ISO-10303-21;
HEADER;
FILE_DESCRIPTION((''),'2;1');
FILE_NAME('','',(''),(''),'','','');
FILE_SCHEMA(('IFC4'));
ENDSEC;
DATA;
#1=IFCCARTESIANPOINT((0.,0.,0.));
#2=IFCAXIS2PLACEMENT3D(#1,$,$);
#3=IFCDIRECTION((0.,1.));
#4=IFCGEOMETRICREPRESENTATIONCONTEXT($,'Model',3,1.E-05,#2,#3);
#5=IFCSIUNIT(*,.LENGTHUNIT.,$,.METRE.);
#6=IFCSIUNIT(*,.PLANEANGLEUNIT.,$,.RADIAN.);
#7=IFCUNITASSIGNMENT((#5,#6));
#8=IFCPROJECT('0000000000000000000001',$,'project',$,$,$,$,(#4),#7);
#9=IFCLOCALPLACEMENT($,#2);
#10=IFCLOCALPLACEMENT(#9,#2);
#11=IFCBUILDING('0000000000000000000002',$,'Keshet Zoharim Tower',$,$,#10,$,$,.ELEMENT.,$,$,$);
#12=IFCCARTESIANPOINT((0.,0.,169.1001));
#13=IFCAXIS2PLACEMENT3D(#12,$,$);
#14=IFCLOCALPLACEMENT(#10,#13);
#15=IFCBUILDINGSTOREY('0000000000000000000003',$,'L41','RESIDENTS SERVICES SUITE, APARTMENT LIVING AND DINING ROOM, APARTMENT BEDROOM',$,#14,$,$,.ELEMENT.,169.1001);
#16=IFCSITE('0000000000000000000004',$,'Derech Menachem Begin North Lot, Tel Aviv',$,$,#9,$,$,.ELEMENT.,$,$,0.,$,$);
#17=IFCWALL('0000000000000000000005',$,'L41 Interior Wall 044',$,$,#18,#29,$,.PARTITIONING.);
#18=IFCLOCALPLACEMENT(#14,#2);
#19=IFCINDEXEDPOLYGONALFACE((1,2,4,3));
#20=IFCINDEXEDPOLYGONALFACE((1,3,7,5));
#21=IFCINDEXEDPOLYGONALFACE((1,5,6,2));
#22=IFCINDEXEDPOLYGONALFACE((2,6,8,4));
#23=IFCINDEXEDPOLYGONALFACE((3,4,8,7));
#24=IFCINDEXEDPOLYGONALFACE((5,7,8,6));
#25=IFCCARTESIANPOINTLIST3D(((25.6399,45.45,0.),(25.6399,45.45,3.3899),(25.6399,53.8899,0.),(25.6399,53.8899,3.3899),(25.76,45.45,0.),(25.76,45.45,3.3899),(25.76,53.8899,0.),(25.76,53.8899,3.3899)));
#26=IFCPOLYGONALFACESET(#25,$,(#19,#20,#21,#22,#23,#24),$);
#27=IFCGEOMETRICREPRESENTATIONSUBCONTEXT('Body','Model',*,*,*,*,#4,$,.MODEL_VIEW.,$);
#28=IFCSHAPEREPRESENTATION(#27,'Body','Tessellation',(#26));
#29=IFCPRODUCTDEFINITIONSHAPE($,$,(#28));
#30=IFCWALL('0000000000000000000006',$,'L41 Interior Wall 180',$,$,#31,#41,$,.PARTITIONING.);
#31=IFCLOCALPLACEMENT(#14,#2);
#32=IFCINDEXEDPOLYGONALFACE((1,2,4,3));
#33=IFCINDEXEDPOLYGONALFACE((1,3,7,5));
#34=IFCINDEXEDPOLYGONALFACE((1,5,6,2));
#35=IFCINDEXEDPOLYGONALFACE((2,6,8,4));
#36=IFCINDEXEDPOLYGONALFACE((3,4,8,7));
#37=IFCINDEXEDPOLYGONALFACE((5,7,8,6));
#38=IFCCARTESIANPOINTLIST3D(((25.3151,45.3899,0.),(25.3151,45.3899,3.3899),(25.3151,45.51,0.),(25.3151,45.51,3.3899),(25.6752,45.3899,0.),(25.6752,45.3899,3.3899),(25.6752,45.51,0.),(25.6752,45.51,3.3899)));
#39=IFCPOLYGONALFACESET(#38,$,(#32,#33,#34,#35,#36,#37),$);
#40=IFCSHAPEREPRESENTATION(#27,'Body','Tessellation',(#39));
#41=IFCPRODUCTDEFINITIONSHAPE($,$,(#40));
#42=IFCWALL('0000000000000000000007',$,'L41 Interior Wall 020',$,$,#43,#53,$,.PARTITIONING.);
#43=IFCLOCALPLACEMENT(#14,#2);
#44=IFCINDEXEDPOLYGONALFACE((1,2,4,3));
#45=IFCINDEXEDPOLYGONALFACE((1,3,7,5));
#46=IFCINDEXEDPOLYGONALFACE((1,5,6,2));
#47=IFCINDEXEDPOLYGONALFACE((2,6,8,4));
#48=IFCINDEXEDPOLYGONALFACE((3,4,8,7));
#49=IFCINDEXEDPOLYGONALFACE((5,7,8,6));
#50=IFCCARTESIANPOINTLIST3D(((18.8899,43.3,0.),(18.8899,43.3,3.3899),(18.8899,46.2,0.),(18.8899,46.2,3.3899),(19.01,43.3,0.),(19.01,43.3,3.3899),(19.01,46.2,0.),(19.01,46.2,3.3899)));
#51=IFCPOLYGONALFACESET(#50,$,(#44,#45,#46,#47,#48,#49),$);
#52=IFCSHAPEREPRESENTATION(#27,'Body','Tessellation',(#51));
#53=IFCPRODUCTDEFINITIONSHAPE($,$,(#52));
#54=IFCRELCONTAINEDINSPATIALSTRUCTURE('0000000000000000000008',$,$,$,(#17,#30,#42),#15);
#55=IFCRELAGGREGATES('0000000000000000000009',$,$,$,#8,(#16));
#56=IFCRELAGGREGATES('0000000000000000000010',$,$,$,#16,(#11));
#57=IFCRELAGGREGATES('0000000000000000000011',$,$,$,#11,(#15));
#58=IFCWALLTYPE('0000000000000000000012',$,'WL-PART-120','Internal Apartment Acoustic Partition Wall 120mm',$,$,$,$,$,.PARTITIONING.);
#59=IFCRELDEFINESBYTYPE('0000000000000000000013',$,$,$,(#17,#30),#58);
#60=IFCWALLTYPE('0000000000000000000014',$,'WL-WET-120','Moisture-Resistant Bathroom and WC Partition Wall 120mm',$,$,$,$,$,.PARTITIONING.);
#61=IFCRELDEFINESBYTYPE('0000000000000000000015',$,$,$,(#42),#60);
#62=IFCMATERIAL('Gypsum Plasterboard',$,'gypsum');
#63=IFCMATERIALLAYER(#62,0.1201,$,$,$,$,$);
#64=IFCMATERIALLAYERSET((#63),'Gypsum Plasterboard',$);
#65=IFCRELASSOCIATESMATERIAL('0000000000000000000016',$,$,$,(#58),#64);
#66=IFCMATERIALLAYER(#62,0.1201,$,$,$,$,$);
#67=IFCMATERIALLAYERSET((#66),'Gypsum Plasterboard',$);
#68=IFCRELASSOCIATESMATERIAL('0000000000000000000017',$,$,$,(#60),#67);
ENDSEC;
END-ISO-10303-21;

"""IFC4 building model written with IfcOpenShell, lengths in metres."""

from ifc_helpers import new_model, si_unit, direction, frame, frame_2d, origin, place, context, subcontext, project, spatial, rectangle, extrude, material, layer, layer_set, type_object, element, save


model = new_model("IFC4")

# Units and contexts
model_context = context("Model", 3, precision=1e-05, world=origin(), true_north=direction((0.0, 1.0)))
body_context = subcontext(model_context, "Body", "Model", "MODEL_VIEW")
ifc_project = project(units=[si_unit("LENGTHUNIT", "METRE"), si_unit("PLANEANGLEUNIT", "RADIAN")], contexts=[model_context])

# Site, building, storey
site_placement = place(None, origin())
site = spatial("IfcSite", under=ifc_project, at=site_placement, Name="Derech Menachem Begin North Lot, Tel Aviv", CompositionType="ELEMENT", RefElevation=0.0)
building_placement = place(site_placement, origin())
building = spatial("IfcBuilding", under=site, at=building_placement, Name="Keshet Zoharim Tower", CompositionType="ELEMENT")
storey_placement = place(building_placement, frame((0.0, 0.0, 169.1001)))
storey = spatial("IfcBuildingStorey", under=building, at=storey_placement, Name="L41", Description="RESIDENTS SERVICES SUITE, APARTMENT LIVING AND DINING ROOM, APARTMENT BEDROOM", CompositionType="ELEMENT", Elevation=169.1001)

# Shared definitions
ifc_material_1 = material(Name="Gypsum Plasterboard", Category="gypsum")

# Shared definitions
ifc_layer_1 = layer(ifc_material_1, 0.1201)
ifc_layer_set_1 = layer_set([ifc_layer_1], Name="Gypsum Plasterboard")
wall_type_1 = type_object("IfcWallType", Name="WL-PART-120", Description="Internal Apartment Acoustic Partition Wall 120mm", PredefinedType="PARTITIONING", material=ifc_layer_set_1)

# Wall
wall_1_placement = place(storey_placement, frame((25.7, 45.45, 0.0), z_axis=(0.0, 0.0, 1.0), x_axis=(0.0, 1.0, 0.0)))
element("IfcWall", 1, at=wall_1_placement, inside=storey, type_object=wall_type_1, Name="L41 Interior Wall 044", PredefinedType="PARTITIONING", context=body_context, shape_type="SweptSolid", body=[
    extrude(rectangle(XDim=8.4399, YDim=0.1201, at=frame_2d((4.22, 0.0))), origin(), (0.0, 0.0, 1.0), 3.3899),
])

# Wall
wall_2_placement = place(storey_placement, frame((25.3149, 45.45, 0.0), z_axis=(0.0, 0.0, 1.0), x_axis=(1.0, 0.0, 0.0)))
element("IfcWall", 2, at=wall_2_placement, inside=storey, type_object=wall_type_1, Name="L41 Interior Wall 180", PredefinedType="PARTITIONING", context=body_context, shape_type="SweptSolid", body=[
    extrude(rectangle(XDim=0.3601, YDim=0.1201, at=frame_2d((0.1802, 0.0))), origin(), (0.0, 0.0, 1.0), 3.3899),
])

# Wall
ifc_layer_2 = layer(ifc_material_1, 0.1201)
ifc_layer_set_2 = layer_set([ifc_layer_2], Name="Gypsum Plasterboard")
wall_type_2 = type_object("IfcWallType", Name="WL-WET-120", Description="Moisture-Resistant Bathroom and WC Partition Wall 120mm", PredefinedType="PARTITIONING", material=ifc_layer_set_2)
wall_3_placement = place(storey_placement, frame((18.95, 43.3, 0.0), z_axis=(0.0, 0.0, 1.0), x_axis=(0.0, 1.0, 0.0)))
element("IfcWall", 3, at=wall_3_placement, inside=storey, type_object=wall_type_2, Name="L41 Interior Wall 020", PredefinedType="PARTITIONING", context=body_context, shape_type="SweptSolid", body=[
    extrude(rectangle(XDim=2.8999, YDim=0.1201, at=frame_2d((1.45, 0.0))), origin(), (0.0, 0.0, 1.0), 3.3899),
])

save(model, "model.ifc")
